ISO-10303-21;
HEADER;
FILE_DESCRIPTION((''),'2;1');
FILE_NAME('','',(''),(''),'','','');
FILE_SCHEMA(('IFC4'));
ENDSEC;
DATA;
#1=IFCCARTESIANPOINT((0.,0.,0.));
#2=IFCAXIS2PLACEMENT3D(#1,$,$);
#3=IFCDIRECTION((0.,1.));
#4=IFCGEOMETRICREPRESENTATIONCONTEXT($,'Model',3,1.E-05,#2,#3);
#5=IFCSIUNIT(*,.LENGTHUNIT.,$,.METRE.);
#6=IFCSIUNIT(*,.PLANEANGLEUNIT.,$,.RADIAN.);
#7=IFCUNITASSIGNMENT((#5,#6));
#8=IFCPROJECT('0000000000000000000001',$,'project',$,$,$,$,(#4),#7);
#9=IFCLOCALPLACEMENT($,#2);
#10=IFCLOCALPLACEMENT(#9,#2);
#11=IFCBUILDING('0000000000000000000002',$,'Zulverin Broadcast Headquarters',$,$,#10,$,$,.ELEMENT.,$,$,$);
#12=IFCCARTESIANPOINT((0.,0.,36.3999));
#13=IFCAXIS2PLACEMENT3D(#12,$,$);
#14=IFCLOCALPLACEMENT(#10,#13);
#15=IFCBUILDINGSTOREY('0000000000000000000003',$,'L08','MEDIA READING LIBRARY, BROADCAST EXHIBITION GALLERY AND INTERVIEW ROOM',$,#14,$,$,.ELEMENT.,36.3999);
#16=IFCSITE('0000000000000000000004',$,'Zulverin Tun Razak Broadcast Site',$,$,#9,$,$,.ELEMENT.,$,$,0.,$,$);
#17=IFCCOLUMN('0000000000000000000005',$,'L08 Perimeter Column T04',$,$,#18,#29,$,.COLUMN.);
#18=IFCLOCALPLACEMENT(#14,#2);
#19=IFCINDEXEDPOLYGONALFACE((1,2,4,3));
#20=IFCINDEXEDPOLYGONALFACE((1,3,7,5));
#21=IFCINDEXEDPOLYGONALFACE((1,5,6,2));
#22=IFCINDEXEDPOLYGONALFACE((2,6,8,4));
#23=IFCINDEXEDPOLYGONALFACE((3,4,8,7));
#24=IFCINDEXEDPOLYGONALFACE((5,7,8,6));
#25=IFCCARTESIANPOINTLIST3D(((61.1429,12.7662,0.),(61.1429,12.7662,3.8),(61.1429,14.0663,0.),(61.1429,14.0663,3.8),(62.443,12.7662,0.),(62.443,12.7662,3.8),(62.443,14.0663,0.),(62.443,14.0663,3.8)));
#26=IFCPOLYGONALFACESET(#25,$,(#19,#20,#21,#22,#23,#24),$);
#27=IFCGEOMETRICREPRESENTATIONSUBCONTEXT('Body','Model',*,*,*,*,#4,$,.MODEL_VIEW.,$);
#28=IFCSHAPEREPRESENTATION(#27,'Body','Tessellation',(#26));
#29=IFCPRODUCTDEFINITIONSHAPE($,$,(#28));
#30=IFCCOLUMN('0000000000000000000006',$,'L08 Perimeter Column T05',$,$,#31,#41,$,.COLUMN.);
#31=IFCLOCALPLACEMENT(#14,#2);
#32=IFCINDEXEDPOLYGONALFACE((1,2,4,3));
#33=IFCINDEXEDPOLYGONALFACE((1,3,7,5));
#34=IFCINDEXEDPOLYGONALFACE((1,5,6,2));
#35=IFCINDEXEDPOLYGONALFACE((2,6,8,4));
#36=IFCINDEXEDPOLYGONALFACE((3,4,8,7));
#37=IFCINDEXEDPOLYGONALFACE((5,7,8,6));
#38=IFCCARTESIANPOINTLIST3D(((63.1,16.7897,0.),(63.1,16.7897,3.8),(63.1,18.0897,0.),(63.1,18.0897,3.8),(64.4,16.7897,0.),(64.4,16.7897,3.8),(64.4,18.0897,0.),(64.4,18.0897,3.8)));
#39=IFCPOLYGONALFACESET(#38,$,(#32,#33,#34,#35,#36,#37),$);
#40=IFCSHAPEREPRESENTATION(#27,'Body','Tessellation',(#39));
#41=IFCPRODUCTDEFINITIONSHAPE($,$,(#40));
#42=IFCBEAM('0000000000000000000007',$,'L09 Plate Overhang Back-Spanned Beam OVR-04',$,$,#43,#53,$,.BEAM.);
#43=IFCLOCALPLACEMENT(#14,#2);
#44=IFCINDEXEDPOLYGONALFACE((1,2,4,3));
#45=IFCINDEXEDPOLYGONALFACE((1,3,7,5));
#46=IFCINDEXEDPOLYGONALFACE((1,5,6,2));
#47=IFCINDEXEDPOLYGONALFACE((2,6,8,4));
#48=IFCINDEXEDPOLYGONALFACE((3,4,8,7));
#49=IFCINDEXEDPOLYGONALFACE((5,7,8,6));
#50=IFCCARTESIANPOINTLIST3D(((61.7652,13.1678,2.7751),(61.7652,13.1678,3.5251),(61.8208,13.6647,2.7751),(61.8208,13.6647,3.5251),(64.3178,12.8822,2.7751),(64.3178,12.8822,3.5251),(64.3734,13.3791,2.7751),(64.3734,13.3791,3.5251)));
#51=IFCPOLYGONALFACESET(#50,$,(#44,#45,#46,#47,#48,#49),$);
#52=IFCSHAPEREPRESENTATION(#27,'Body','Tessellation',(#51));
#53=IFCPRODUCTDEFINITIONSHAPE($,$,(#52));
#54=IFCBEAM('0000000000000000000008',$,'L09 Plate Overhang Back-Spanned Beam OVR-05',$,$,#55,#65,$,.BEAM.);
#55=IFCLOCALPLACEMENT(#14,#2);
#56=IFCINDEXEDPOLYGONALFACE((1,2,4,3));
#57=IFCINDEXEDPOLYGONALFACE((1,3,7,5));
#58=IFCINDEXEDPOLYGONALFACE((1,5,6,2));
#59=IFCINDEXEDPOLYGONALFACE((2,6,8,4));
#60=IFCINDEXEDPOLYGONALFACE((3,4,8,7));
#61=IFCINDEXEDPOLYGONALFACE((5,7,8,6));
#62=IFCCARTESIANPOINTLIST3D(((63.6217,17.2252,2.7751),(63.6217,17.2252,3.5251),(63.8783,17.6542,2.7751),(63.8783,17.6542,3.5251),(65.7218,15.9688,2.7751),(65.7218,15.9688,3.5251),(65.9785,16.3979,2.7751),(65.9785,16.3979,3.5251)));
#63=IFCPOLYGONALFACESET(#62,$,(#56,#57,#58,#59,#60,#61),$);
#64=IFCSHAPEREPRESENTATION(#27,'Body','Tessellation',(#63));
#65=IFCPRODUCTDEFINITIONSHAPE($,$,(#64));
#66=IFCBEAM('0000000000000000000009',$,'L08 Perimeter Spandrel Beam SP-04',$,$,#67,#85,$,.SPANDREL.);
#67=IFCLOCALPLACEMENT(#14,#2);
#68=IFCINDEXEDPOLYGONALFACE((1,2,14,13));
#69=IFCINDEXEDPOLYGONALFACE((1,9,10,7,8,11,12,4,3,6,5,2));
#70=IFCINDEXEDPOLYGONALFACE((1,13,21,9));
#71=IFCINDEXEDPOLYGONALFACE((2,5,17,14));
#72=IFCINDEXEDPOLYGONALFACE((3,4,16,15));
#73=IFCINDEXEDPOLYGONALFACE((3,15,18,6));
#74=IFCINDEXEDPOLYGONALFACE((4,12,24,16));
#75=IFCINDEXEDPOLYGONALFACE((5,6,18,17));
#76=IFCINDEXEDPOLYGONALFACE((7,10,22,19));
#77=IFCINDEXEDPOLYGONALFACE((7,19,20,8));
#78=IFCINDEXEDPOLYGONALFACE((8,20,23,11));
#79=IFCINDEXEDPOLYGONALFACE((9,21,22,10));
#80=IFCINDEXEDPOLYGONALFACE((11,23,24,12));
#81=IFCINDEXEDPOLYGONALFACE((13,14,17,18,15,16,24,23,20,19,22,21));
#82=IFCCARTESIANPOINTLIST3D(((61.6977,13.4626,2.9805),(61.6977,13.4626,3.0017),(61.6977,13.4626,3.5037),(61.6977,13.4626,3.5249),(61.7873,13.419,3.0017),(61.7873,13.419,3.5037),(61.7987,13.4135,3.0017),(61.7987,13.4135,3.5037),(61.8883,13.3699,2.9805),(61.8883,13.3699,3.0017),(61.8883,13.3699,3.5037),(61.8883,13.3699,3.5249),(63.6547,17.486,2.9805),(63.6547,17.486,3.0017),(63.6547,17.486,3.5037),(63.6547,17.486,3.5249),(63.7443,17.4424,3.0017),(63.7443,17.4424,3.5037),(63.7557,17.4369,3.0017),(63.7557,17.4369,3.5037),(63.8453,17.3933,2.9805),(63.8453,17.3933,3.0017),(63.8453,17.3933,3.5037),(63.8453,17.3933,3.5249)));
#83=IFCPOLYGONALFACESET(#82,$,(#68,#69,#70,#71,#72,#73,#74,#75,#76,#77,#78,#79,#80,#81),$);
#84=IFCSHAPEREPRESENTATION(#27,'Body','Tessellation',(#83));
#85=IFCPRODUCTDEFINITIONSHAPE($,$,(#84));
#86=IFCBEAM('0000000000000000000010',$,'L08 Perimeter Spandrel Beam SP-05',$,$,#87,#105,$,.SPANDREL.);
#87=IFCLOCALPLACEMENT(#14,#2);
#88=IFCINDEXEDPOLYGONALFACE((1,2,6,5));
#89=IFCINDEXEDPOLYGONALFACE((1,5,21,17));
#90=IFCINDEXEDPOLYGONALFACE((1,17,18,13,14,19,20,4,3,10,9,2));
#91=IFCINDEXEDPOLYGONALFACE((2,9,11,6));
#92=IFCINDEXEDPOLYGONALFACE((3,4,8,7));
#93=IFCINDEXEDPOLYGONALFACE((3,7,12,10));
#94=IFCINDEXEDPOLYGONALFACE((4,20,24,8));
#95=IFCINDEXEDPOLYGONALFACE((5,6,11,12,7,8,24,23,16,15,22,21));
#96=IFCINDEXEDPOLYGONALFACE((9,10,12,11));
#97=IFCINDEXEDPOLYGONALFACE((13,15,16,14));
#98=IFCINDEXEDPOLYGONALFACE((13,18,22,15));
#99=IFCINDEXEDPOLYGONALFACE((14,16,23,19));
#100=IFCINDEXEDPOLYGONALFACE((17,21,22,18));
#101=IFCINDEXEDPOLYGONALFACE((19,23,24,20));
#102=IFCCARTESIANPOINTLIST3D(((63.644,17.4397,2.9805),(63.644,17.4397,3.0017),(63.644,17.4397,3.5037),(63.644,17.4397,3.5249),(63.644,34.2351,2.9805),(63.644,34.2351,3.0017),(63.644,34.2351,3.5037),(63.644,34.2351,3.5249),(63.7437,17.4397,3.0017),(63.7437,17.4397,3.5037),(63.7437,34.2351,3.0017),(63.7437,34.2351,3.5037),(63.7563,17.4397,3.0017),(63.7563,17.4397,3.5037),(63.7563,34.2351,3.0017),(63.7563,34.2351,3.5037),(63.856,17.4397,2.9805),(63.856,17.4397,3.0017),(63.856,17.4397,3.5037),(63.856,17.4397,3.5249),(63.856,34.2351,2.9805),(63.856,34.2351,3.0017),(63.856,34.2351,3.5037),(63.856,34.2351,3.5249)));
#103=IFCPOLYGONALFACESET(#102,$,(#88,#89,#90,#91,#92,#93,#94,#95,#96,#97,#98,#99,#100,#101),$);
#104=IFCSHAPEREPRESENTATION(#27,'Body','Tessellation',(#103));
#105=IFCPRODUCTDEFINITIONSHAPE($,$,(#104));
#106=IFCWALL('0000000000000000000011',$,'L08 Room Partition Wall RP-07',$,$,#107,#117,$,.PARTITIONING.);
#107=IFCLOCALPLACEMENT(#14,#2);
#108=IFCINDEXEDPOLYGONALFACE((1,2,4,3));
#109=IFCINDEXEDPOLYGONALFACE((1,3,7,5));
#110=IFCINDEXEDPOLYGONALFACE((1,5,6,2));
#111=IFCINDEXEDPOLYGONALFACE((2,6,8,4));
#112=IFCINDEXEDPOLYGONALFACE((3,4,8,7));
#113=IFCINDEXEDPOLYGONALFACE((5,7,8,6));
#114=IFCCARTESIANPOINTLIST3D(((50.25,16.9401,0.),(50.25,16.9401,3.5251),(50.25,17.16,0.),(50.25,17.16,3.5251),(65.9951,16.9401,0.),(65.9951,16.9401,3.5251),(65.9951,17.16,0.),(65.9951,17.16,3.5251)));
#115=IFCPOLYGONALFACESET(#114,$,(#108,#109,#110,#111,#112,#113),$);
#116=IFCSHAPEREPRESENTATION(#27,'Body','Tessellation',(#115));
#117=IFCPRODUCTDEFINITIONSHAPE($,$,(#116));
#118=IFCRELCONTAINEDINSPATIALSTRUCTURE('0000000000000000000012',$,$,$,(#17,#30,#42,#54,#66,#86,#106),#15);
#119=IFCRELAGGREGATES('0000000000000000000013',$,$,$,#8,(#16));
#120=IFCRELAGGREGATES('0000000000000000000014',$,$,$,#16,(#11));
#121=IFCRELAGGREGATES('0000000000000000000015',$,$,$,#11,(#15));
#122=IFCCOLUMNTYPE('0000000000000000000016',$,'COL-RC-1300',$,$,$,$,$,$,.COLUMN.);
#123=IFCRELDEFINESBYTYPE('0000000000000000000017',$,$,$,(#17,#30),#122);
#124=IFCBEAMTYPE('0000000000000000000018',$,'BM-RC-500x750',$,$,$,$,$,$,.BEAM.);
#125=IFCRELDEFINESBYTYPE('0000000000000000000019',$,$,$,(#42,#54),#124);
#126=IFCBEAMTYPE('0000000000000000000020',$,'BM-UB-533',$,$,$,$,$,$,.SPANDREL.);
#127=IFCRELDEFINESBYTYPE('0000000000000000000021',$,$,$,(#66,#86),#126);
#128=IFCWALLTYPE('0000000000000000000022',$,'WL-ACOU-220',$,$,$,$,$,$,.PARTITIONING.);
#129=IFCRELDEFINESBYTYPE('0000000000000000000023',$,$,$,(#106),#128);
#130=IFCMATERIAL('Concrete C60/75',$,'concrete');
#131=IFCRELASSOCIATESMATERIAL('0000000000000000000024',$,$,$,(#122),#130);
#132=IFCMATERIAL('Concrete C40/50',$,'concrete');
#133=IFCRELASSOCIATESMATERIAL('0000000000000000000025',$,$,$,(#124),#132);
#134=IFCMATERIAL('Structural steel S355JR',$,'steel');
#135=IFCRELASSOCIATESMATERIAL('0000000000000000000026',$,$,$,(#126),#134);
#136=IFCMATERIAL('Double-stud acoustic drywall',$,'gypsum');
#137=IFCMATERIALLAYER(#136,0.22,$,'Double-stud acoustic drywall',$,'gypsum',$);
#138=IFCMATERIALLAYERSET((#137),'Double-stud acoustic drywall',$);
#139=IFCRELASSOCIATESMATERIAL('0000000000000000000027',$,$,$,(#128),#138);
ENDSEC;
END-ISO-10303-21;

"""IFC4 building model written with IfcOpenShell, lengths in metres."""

from ifc_helpers import new_model, si_unit, direction, frame, frame_2d, origin, origin_2d, place, context, subcontext, project, spatial, rectangle, i_section, extrude, material, layer, layer_set, material_profile, profile_set, type_object, element, save


model = new_model("IFC4")

# Units and contexts
model_context = context("Model", 3, precision=1e-05, world=origin(), true_north=direction((0.0, 1.0)))
body_context = subcontext(model_context, "Body", "Model", "MODEL_VIEW")
ifc_project = project(units=[si_unit("LENGTHUNIT", "METRE"), si_unit("PLANEANGLEUNIT", "RADIAN")], contexts=[model_context])

# Site, building, storey
site_placement = place(None, origin())
site = spatial("IfcSite", under=ifc_project, at=site_placement, Name="Zulverin Tun Razak Broadcast Site", CompositionType="ELEMENT", RefElevation=0.0)
building_placement = place(site_placement, origin())
building = spatial("IfcBuilding", under=site, at=building_placement, Name="Zulverin Broadcast Headquarters", CompositionType="ELEMENT")
storey_placement = place(building_placement, frame((0.0, 0.0, 36.3999)))
storey = spatial("IfcBuildingStorey", under=building, at=storey_placement, Name="L08", Description="MEDIA READING LIBRARY, BROADCAST EXHIBITION GALLERY AND INTERVIEW ROOM", CompositionType="ELEMENT", Elevation=36.3999)

# Columns
ifc_material_1 = material(Name="Concrete C60/75", Category="concrete")
ifc_material_profile_1 = material_profile(ifc_material_1, rectangle(XDim=1.3, YDim=1.3, at=origin_2d()), Name="Concrete C60/75", Category="concrete")
ifc_profile_set_1 = profile_set([ifc_material_profile_1], Name="Concrete C60/75")
column_type = type_object("IfcColumnType", Name="COL-RC-1300", PredefinedType="COLUMN", material=ifc_profile_set_1)
for number, where, z_axis, x_axis, name in (
    (1, (61.793, 13.4163, 0.0), (0.0, 0.0, 1.0), (1.0, 0.0, 0.0), "L08 Perimeter Column T04"),
    (2, (63.75, 17.4397, 0.0), (0.0, 0.0, 1.0), (1.0, 0.0, 0.0), "L08 Perimeter Column T05"),
):
    element("IfcColumn", number, at=place(storey_placement, frame(where, z_axis=z_axis, x_axis=x_axis)), inside=storey, type_object=column_type, Name=name, PredefinedType="COLUMN", context=body_context, shape_type="SweptSolid", body=[
        extrude(rectangle(XDim=1.3, YDim=1.3, at=origin_2d()), origin(), (0.0, 0.0, 1.0), 3.8),
    ])

# Beams
ifc_material_2 = material(Name="Concrete C40/50", Category="concrete")
ifc_material_profile_2 = material_profile(ifc_material_2, rectangle(XDim=0.5, YDim=0.75, at=origin_2d()), Name="Concrete C40/50", Category="concrete")
ifc_profile_set_2 = profile_set([ifc_material_profile_2], Name="Concrete C40/50")
beam_type_1 = type_object("IfcBeamType", Name="BM-RC-500x750", PredefinedType="BEAM", material=ifc_profile_set_2)
beam_1_placement = place(storey_placement, frame((61.793, 13.4163, 3.1501), z_axis=(0.993798, -0.111203, 0.0), x_axis=(0.111203, 0.993798, 0.0)))
element("IfcBeam", 3, at=beam_1_placement, inside=storey, type_object=beam_type_1, Name="L09 Plate Overhang Back-Spanned Beam OVR-04", PredefinedType="BEAM", context=body_context, shape_type="SweptSolid", body=[
    extrude(rectangle(XDim=0.5, YDim=0.75, at=origin_2d()), origin(), (0.0, 0.0, 1.0), 2.5686),
])
beam_2_placement = place(storey_placement, frame((63.75, 17.4397, 3.1501), z_axis=(0.858161, -0.51338, 0.0), x_axis=(0.51338, 0.858161, 0.0)))
element("IfcBeam", 4, at=beam_2_placement, inside=storey, type_object=beam_type_1, Name="L09 Plate Overhang Back-Spanned Beam OVR-05", PredefinedType="BEAM", context=body_context, shape_type="SweptSolid", body=[
    extrude(rectangle(XDim=0.5, YDim=0.75, at=origin_2d()), origin(), (0.0, 0.0, 1.0), 2.4473),
])
ifc_material_3 = material(Name="Structural steel S355JR", Category="steel")
ifc_material_profile_3 = material_profile(ifc_material_3, i_section(OverallWidth=0.2119, OverallDepth=0.5444, WebThickness=0.0127, FlangeThickness=0.0212, at=origin_2d()), Name="Structural steel S355JR", Category="steel")
ifc_profile_set_3 = profile_set([ifc_material_profile_3], Name="Structural steel S355JR")
beam_type_2 = type_object("IfcBeamType", Name="BM-UB-533", PredefinedType="SPANDREL", material=ifc_profile_set_3)
beam_3_placement = place(storey_placement, frame((61.793, 13.4163, 3.2527), z_axis=(0.437408, 0.899263, 0.0), x_axis=(-0.899263, 0.437408, 0.0)))
element("IfcBeam", 5, at=beam_3_placement, inside=storey, type_object=beam_type_2, Name="L08 Perimeter Spandrel Beam SP-04", PredefinedType="SPANDREL", context=body_context, shape_type="SweptSolid", body=[
    extrude(i_section(OverallWidth=0.2119, OverallDepth=0.5444, WebThickness=0.0127, FlangeThickness=0.0212, at=origin_2d()), origin(), (0.0, 0.0, 1.0), 4.4741),
])
beam_4_placement = place(storey_placement, frame((63.75, 17.4397, 3.2527), z_axis=(0.0, 1.0, 0.0), x_axis=(-1.0, 0.0, 0.0)))
element("IfcBeam", 6, at=beam_4_placement, inside=storey, type_object=beam_type_2, Name="L08 Perimeter Spandrel Beam SP-05", PredefinedType="SPANDREL", context=body_context, shape_type="SweptSolid", body=[
    extrude(i_section(OverallWidth=0.2119, OverallDepth=0.5444, WebThickness=0.0127, FlangeThickness=0.0212, at=origin_2d()), origin(), (0.0, 0.0, 1.0), 16.7954),
])

# Wall
ifc_material_4 = material(Name="Double-stud acoustic drywall", Category="gypsum")
ifc_layer_1 = layer(ifc_material_4, 0.22, Name="Double-stud acoustic drywall", Category="gypsum")
ifc_layer_set_1 = layer_set([ifc_layer_1], Name="Double-stud acoustic drywall")
wall_type_1 = type_object("IfcWallType", Name="WL-ACOU-220", PredefinedType="PARTITIONING", material=ifc_layer_set_1)
wall_1_placement = place(storey_placement, frame((50.25, 17.05, 0.0), z_axis=(0.0, 0.0, 1.0), x_axis=(1.0, 0.0, 0.0)))
element("IfcWall", 7, at=wall_1_placement, inside=storey, type_object=wall_type_1, Name="L08 Room Partition Wall RP-07", PredefinedType="PARTITIONING", context=body_context, shape_type="SweptSolid", body=[
    extrude(rectangle(XDim=15.7451, YDim=0.22, at=frame_2d((7.8726, 0.0))), origin(), (0.0, 0.0, 1.0), 3.5251),
])

save(model, "model.ifc")
